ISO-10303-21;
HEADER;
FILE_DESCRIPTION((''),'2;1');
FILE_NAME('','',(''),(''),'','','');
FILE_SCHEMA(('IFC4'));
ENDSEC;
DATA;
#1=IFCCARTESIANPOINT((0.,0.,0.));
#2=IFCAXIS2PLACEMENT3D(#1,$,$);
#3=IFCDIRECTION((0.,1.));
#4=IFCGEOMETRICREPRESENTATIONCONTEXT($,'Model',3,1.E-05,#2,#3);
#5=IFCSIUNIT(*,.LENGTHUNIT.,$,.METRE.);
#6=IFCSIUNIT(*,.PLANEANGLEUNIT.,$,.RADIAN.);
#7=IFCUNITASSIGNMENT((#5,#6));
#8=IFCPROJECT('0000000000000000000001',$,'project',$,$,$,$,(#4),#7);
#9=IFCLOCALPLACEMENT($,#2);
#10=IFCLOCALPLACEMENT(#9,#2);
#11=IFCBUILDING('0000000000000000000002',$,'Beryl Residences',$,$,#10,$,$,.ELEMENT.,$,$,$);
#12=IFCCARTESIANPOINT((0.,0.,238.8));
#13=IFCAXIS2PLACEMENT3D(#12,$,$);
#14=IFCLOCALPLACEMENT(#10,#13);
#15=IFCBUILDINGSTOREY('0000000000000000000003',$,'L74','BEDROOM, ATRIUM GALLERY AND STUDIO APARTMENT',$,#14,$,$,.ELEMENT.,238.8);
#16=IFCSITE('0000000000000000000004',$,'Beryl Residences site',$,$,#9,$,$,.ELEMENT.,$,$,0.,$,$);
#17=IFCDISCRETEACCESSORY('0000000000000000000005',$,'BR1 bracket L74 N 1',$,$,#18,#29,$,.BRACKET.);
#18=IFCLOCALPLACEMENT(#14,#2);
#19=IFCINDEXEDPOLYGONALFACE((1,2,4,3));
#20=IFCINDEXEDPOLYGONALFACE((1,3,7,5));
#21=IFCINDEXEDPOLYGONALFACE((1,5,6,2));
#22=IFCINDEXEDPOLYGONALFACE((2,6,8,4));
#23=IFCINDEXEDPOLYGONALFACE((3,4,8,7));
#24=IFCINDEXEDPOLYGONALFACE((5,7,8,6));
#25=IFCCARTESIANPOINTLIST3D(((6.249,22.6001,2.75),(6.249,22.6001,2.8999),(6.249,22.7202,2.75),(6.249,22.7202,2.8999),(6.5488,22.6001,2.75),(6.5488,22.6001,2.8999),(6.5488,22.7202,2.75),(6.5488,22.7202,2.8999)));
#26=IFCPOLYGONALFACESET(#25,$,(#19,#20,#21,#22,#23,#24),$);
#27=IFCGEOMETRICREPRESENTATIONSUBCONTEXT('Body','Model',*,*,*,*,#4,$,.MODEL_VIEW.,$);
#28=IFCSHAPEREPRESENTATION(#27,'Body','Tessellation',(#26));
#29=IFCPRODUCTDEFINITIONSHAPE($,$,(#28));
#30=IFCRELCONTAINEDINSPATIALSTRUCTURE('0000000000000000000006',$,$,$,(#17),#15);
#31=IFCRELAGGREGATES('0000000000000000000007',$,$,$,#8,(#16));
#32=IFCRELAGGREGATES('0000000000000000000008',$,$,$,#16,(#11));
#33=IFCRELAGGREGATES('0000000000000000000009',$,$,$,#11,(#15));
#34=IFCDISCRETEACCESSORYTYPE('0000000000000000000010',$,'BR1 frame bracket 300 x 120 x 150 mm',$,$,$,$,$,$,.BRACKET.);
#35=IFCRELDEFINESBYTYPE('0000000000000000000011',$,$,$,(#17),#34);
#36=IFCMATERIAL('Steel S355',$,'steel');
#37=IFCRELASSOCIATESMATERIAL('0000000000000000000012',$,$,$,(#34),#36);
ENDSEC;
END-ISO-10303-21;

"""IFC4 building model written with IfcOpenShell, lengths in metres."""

from ifc_helpers import new_model, si_unit, direction, frame, origin, place, context, subcontext, project, spatial, polyline, outline, extrude, source, transform, mapped, material, type_object, type_shapes, element, save


model = new_model("IFC4")

# Units and contexts
model_context = context("Model", 3, precision=1e-05, world=origin(), true_north=direction((0.0, 1.0)))
body_context = subcontext(model_context, "Body", "Model", "MODEL_VIEW")
ifc_project = project(units=[si_unit("LENGTHUNIT", "METRE"), si_unit("PLANEANGLEUNIT", "RADIAN")], contexts=[model_context])

# Site, building, storey
site_placement = place(None, origin())
site = spatial("IfcSite", under=ifc_project, at=site_placement, Name="Beryl Residences site", CompositionType="ELEMENT", RefElevation=0.0)
building_placement = place(site_placement, origin())
building = spatial("IfcBuilding", under=site, at=building_placement, Name="Beryl Residences", CompositionType="ELEMENT")
storey_placement = place(building_placement, frame((0.0, 0.0, 238.8)))
storey = spatial("IfcBuildingStorey", under=building, at=storey_placement, Name="L74", Description="BEDROOM, ATRIUM GALLERY AND STUDIO APARTMENT", CompositionType="ELEMENT", Elevation=238.8)

# Discrete accessory
ifc_material_1 = material(Name="Steel S355", Category="steel")
discrete_accessory_type = type_object("IfcDiscreteAccessoryType", Name="BR1 frame bracket 300 x 120 x 150 mm", PredefinedType="BRACKET", material=ifc_material_1)
shared_shape_1 = source(origin(), body_context, "Body", "SweptSolid", [
    extrude(outline(polyline([(-0.1499, 0.0), (0.1499, 0.0), (0.1499, 0.1201), (-0.1499, 0.1201), (-0.1499, 0.0)])), origin(), (0.0, 0.0, 1.0), 0.1499),
])
type_shapes(discrete_accessory_type, [shared_shape_1])
discrete_accessory_placement = place(storey_placement, frame((6.3989, 22.6001, 2.75), z_axis=(0.0, 0.0, 1.0), x_axis=(1.0, 0.0, 0.0)))
element("IfcDiscreteAccessory", 1, at=discrete_accessory_placement, inside=storey, type_object=discrete_accessory_type, Name="BR1 bracket L74 N 1", PredefinedType="BRACKET", context=body_context, shape_type="MappedRepresentation", body=[
    mapped(shared_shape_1, transform((0.0, 0.0, 0.0))),
])

save(model, "model.ifc")
